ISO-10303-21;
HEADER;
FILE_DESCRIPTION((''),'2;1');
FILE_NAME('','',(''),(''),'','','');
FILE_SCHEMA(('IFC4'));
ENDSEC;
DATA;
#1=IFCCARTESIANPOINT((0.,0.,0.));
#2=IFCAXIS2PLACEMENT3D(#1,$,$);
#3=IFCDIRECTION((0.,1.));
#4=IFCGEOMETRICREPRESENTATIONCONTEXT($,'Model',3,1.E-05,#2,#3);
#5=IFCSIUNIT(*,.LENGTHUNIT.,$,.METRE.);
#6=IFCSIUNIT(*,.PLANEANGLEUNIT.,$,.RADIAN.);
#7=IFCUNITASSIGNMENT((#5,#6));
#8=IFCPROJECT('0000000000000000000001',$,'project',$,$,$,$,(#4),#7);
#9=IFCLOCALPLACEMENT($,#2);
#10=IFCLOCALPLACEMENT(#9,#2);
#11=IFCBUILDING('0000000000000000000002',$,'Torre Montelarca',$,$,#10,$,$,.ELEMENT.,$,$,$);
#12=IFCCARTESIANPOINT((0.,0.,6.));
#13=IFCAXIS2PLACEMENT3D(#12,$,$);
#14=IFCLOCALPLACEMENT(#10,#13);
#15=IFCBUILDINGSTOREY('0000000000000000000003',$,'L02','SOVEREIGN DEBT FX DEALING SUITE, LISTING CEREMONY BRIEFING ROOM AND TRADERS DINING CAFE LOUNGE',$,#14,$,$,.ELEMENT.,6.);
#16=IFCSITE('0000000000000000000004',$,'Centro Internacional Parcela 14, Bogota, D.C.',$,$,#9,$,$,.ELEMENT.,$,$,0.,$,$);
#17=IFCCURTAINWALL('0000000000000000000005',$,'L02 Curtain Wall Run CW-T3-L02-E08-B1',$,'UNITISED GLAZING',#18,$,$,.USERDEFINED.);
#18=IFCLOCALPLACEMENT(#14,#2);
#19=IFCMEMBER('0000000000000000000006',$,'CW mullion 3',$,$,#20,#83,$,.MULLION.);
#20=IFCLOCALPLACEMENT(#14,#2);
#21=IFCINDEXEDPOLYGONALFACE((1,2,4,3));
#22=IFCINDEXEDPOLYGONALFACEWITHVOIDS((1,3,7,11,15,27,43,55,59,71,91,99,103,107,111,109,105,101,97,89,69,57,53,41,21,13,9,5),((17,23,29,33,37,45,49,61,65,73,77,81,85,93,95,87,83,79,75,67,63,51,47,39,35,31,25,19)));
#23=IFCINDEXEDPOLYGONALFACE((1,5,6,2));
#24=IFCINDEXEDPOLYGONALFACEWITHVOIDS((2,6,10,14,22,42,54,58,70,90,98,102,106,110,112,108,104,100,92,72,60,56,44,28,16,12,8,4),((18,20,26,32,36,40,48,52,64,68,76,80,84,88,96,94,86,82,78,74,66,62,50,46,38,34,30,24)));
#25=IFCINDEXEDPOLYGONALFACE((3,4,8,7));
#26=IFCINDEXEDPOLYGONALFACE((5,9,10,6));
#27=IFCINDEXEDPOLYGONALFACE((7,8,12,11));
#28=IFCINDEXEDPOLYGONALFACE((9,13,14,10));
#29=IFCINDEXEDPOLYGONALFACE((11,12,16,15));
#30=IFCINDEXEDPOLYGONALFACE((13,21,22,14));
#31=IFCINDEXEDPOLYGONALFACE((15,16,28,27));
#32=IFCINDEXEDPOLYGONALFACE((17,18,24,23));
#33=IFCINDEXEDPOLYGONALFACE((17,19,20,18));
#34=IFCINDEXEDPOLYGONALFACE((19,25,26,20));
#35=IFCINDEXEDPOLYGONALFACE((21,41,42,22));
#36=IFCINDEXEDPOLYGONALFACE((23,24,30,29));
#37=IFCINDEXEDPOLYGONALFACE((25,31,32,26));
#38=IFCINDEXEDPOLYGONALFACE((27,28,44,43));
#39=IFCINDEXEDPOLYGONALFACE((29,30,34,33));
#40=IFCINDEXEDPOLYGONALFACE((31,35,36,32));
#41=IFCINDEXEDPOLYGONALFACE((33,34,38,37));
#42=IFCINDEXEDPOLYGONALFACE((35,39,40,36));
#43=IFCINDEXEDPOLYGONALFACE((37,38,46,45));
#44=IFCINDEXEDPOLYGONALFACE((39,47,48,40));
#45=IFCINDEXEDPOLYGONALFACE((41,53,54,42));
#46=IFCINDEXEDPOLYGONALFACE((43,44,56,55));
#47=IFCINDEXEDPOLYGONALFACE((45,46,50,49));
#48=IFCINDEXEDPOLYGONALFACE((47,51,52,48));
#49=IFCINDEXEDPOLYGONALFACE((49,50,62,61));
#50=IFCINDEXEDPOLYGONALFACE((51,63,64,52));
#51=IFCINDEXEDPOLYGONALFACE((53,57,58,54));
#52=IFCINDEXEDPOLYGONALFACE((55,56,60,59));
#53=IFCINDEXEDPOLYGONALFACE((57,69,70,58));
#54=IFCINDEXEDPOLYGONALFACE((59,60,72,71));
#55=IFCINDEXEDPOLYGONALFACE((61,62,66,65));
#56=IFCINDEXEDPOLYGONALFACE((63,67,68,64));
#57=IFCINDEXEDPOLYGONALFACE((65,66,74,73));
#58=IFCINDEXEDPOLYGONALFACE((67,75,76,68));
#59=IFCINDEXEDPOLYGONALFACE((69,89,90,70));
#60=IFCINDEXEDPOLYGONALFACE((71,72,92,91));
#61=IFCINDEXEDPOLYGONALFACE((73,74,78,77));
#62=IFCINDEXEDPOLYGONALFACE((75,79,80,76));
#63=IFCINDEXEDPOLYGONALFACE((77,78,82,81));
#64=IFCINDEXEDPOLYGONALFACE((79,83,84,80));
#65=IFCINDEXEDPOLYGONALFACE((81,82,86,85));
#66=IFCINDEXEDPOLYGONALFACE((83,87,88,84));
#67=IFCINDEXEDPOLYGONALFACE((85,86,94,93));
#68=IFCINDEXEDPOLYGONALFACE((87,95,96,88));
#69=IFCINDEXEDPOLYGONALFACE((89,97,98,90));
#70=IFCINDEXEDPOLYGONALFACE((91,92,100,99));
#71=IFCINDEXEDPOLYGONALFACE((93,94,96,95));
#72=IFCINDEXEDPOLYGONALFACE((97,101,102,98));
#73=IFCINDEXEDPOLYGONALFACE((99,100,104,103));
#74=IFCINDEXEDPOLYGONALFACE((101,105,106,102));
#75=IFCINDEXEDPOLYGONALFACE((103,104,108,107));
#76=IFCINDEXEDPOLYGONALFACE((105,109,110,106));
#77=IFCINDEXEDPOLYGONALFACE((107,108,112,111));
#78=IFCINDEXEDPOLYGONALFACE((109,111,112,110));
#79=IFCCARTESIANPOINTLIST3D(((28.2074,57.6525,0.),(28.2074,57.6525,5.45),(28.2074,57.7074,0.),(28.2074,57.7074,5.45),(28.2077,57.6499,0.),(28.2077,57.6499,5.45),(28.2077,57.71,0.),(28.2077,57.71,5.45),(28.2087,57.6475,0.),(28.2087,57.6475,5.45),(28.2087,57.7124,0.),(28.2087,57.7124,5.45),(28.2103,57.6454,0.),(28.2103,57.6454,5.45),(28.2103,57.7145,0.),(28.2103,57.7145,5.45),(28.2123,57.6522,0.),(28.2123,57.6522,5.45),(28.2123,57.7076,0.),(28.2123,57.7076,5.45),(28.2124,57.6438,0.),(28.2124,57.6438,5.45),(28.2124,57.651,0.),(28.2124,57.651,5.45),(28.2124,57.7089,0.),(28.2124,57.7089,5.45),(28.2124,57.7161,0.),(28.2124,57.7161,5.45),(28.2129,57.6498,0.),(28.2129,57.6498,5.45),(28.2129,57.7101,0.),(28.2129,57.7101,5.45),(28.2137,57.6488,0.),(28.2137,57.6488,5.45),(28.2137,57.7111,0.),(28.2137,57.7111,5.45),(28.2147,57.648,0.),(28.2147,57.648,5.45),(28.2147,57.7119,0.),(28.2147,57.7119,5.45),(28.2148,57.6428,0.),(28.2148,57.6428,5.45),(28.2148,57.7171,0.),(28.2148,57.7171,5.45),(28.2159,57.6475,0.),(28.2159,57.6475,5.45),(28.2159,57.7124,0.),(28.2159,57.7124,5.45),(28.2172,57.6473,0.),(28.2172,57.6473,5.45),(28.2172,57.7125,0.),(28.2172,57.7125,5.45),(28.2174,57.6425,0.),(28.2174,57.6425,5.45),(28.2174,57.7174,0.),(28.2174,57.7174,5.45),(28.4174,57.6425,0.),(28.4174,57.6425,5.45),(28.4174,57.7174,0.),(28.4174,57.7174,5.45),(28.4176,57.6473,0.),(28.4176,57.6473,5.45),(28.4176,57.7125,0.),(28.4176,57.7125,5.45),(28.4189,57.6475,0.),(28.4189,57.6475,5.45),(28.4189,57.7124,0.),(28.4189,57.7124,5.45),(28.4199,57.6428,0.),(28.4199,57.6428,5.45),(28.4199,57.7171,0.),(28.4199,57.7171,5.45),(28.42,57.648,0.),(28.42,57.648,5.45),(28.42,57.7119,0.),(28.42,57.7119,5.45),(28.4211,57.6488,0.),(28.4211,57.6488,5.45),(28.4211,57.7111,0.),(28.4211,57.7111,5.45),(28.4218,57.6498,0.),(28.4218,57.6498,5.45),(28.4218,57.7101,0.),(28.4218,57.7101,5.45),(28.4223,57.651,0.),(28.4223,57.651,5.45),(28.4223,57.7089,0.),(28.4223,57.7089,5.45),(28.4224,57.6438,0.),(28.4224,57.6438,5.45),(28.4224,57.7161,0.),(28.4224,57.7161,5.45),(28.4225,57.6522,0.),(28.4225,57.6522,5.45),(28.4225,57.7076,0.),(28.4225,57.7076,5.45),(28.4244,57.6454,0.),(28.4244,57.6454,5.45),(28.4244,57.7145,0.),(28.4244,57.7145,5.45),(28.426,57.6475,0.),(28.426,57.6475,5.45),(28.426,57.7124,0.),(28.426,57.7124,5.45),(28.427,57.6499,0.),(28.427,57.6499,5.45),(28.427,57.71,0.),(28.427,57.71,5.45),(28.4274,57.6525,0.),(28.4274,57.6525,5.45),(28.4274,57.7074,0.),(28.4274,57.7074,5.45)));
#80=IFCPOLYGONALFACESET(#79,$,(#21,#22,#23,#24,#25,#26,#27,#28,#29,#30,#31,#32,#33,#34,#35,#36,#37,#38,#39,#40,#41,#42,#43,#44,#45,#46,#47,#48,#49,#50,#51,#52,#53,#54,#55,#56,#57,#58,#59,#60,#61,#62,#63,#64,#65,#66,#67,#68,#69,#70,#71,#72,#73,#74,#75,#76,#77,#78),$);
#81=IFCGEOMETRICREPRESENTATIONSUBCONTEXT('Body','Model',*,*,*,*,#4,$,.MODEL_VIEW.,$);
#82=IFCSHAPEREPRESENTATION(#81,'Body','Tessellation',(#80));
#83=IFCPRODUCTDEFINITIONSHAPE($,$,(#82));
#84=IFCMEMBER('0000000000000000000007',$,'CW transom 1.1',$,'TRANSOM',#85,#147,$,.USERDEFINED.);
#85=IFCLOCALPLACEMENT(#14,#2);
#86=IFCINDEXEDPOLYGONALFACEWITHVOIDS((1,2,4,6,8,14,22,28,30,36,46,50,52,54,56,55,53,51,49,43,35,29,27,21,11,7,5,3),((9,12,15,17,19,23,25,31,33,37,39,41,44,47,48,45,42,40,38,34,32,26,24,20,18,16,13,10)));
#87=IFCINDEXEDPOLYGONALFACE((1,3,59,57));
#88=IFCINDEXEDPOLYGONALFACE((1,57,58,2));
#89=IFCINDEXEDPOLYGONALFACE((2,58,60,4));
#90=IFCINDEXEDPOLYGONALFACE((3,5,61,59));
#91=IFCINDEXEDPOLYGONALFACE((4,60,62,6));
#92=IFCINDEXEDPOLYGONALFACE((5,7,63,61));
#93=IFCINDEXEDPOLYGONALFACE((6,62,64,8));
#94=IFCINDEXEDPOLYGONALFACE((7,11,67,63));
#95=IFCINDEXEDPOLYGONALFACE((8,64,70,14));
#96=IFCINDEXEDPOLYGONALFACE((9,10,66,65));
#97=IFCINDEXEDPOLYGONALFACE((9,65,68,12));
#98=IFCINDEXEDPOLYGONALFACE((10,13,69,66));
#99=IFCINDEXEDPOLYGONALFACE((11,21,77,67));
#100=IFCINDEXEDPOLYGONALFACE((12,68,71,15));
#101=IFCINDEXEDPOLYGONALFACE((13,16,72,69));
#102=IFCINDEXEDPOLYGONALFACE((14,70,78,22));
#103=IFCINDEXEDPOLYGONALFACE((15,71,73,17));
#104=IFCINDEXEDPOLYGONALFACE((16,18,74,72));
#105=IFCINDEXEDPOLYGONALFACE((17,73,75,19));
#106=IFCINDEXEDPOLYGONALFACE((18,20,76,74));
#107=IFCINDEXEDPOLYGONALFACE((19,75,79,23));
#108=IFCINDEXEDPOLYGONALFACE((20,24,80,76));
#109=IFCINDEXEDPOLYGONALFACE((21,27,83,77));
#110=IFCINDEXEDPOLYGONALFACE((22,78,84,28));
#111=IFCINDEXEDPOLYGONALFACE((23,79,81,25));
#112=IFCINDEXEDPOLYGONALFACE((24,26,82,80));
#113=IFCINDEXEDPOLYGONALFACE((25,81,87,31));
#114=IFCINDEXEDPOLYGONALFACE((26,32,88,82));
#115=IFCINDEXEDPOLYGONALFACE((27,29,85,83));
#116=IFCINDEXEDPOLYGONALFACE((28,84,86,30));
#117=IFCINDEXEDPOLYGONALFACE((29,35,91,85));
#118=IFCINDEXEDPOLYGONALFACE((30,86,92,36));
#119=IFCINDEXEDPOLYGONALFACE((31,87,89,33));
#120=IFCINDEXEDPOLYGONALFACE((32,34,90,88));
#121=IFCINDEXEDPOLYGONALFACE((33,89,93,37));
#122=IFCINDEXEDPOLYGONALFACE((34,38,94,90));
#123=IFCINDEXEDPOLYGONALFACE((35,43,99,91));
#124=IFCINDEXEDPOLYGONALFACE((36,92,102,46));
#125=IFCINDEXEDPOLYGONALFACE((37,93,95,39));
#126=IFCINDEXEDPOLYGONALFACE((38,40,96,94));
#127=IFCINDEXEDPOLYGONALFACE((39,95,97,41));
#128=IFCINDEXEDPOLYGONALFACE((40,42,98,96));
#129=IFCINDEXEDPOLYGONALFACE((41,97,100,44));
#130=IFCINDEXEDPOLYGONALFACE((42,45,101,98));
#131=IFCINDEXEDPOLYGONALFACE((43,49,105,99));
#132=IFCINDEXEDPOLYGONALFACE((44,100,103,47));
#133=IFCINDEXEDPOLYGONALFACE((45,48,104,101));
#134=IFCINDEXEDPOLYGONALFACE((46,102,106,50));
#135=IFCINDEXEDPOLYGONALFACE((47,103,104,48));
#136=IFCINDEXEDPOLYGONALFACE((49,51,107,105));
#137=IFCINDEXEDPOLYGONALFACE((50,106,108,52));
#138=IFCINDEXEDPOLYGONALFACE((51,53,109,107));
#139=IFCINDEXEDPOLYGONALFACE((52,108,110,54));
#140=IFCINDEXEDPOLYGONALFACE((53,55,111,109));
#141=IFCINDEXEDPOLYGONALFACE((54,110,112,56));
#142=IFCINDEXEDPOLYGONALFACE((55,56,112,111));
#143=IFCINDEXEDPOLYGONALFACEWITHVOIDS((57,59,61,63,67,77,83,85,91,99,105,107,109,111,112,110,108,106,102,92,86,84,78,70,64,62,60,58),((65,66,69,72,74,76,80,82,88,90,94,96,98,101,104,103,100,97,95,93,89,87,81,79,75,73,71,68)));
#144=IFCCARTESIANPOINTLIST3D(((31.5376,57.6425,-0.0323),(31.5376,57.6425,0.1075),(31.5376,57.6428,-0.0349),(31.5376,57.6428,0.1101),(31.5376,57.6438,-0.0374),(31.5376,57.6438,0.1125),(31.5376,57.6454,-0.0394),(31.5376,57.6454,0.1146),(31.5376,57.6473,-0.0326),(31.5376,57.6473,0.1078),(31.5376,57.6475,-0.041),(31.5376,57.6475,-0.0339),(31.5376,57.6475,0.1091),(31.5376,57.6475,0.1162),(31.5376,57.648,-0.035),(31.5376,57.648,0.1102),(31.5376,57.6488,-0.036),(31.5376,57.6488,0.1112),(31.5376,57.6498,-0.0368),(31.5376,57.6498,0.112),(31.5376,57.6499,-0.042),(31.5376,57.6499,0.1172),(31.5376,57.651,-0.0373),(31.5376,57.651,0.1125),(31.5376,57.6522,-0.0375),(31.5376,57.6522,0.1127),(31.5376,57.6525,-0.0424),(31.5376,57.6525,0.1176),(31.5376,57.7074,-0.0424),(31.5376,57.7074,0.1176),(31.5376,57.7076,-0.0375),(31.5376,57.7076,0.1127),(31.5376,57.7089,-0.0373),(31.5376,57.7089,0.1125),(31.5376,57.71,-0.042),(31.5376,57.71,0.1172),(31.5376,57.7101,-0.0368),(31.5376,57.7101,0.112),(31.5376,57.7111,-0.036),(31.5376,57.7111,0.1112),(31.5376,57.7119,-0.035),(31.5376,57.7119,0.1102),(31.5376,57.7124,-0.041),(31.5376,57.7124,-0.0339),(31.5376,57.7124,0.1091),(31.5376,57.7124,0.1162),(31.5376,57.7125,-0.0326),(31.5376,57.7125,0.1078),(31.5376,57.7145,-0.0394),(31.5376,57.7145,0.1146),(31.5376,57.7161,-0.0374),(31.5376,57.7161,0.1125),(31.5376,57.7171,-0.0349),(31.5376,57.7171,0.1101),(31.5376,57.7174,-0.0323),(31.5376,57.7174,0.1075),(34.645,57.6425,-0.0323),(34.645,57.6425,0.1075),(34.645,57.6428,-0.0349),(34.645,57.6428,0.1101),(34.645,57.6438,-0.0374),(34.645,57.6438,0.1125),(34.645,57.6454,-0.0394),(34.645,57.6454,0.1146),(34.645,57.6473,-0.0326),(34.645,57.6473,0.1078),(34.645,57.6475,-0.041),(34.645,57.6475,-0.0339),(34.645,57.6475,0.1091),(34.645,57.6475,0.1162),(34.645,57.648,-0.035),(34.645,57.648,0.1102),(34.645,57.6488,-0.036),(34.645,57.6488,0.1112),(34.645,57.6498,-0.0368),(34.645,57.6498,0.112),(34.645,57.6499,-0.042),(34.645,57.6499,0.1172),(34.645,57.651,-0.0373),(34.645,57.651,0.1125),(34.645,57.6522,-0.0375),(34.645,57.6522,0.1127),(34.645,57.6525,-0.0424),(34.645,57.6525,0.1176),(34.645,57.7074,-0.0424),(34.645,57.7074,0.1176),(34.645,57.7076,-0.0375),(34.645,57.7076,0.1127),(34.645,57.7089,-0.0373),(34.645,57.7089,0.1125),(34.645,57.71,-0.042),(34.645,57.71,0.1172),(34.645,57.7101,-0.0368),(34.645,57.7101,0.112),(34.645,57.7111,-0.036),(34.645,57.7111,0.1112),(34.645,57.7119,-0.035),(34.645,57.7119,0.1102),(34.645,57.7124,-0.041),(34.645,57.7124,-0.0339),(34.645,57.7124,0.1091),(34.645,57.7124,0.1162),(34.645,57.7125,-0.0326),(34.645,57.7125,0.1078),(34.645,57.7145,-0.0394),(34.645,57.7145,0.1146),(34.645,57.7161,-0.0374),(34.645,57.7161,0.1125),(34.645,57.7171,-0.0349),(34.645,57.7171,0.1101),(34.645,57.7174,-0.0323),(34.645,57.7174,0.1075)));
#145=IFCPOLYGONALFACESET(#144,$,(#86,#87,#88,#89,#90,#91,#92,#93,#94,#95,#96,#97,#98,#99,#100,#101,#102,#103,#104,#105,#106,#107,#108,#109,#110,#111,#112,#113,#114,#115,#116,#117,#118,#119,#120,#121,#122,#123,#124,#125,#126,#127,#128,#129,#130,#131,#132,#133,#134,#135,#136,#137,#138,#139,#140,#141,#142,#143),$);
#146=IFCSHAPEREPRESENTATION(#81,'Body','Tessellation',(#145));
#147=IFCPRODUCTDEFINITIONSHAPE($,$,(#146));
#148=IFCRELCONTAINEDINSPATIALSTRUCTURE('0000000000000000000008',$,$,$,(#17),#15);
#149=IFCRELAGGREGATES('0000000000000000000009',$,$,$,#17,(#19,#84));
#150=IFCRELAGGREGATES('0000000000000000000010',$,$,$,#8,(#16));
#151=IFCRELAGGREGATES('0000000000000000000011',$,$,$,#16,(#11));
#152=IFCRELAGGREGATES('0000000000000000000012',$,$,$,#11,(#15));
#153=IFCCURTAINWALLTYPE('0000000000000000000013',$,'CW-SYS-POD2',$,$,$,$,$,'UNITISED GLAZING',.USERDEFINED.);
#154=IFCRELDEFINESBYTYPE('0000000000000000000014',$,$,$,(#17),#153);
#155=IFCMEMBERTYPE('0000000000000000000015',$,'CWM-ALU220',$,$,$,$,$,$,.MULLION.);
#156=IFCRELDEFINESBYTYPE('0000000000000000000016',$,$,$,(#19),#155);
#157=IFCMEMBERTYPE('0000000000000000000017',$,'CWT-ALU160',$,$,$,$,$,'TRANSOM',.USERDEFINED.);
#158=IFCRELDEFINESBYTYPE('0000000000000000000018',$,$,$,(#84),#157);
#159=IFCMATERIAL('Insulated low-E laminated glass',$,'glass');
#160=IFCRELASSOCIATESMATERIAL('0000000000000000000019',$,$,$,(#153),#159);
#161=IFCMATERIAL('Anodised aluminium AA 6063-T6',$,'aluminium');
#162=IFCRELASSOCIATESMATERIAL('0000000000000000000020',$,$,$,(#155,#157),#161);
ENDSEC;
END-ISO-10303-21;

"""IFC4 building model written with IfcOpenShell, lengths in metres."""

from ifc_helpers import new_model, si_unit, direction, frame, origin, origin_2d, place, context, subcontext, project, spatial, hollow_rectangle, extrude, source, transform, mapped, material, material_profile, profile_set, type_object, element, aggregate, save


model = new_model("IFC4")

# Units and contexts
model_context = context("Model", 3, precision=1e-05, world=origin(), true_north=direction((0.0, 1.0)))
body_context = subcontext(model_context, "Body", "Model", "MODEL_VIEW")
ifc_project = project(units=[si_unit("LENGTHUNIT", "METRE"), si_unit("PLANEANGLEUNIT", "RADIAN")], contexts=[model_context])

# Site, building, storey
site_placement = place(None, origin())
site = spatial("IfcSite", under=ifc_project, at=site_placement, Name="Centro Internacional Parcela 14, Bogota, D.C.", CompositionType="ELEMENT", RefElevation=0.0)
building_placement = place(site_placement, origin())
building = spatial("IfcBuilding", under=site, at=building_placement, Name="Torre Montelarca", CompositionType="ELEMENT")
storey_placement = place(building_placement, frame((0.0, 0.0, 6.0)))
storey = spatial("IfcBuildingStorey", under=building, at=storey_placement, Name="L02", Description="SOVEREIGN DEBT FX DEALING SUITE, LISTING CEREMONY BRIEFING ROOM AND TRADERS DINING CAFE LOUNGE", CompositionType="ELEMENT", Elevation=6.0)

# Curtain wall, members
ifc_material_1 = material(Name="Insulated low-E laminated glass", Category="glass")
curtain_wall_type = type_object("IfcCurtainWallType", Name="CW-SYS-POD2", ElementType="UNITISED GLAZING", PredefinedType="USERDEFINED", material=ifc_material_1)
curtain_wall_placement = place(storey_placement, origin())
curtain_wall = element("IfcCurtainWall", 1, at=curtain_wall_placement, inside=storey, type_object=curtain_wall_type, Name="L02 Curtain Wall Run CW-T3-L02-E08-B1", ObjectType="UNITISED GLAZING", PredefinedType="USERDEFINED")
ifc_material_2 = material(Name="Anodised aluminium AA 6063-T6", Category="aluminium")
ifc_material_profile_1 = material_profile(ifc_material_2, hollow_rectangle(XDim=0.075, YDim=0.22, WallThickness=0.0049, InnerFilletRadius=0.0049, OuterFilletRadius=0.01, at=origin_2d()), Name="ALU75X220X5", Category="aluminium")
ifc_profile_set_1 = profile_set([ifc_material_profile_1], Name="Anodised aluminium AA 6063-T6")
member_type_1 = type_object("IfcMemberType", Name="CWM-ALU220", PredefinedType="MULLION", material=ifc_profile_set_1)
shared_shape_1 = source(origin(), body_context, "Body", "SweptSolid", [
    extrude(hollow_rectangle(XDim=0.075, YDim=0.22, WallThickness=0.0049, InnerFilletRadius=0.0049, OuterFilletRadius=0.01, at=origin_2d()), origin(), (0.0, 0.0, 1.0), 5.45),
])
member_1_placement = place(storey_placement, frame((28.3174, 57.6799, 0.0), z_axis=(0.0, 0.0, 1.0), x_axis=(0.0, -1.0, 0.0)))
member_1 = element("IfcMember", 2, at=member_1_placement, type_object=member_type_1, Name="CW mullion 3", PredefinedType="MULLION", context=body_context, shape_type="MappedRepresentation", body=[
    mapped(shared_shape_1, transform((0.0, 0.0, 0.0), scale=1.0)),
])
ifc_material_profile_2 = material_profile(ifc_material_2, hollow_rectangle(XDim=0.075, YDim=0.1599, WallThickness=0.0049, InnerFilletRadius=0.0049, OuterFilletRadius=0.01, at=origin_2d()), Name="ALU75X160X5", Category="aluminium")
ifc_profile_set_2 = profile_set([ifc_material_profile_2], Name="Anodised aluminium AA 6063-T6")
member_type_2 = type_object("IfcMemberType", Name="CWT-ALU160", ElementType="TRANSOM", PredefinedType="USERDEFINED", material=ifc_profile_set_2)
shared_shape_2 = source(origin(), body_context, "Body", "SweptSolid", [
    extrude(hollow_rectangle(XDim=0.075, YDim=0.1599, WallThickness=0.0049, InnerFilletRadius=0.0049, OuterFilletRadius=0.01, at=origin_2d()), origin(), (0.0, 0.0, 1.0), 3.1074),
])
member_2_placement = place(storey_placement, frame((34.645, 57.6799, 0.0376), z_axis=(-1.0, 0.0, 0.0), x_axis=(0.0, -1.0, 0.0)))
member_2 = element("IfcMember", 3, at=member_2_placement, type_object=member_type_2, Name="CW transom 1.1", ObjectType="TRANSOM", PredefinedType="USERDEFINED", context=body_context, shape_type="MappedRepresentation", body=[
    mapped(shared_shape_2, transform((0.0, 0.0, 0.0), scale=1.0)),
])
aggregate(curtain_wall, [member_1, member_2])

save(model, "model.ifc")
